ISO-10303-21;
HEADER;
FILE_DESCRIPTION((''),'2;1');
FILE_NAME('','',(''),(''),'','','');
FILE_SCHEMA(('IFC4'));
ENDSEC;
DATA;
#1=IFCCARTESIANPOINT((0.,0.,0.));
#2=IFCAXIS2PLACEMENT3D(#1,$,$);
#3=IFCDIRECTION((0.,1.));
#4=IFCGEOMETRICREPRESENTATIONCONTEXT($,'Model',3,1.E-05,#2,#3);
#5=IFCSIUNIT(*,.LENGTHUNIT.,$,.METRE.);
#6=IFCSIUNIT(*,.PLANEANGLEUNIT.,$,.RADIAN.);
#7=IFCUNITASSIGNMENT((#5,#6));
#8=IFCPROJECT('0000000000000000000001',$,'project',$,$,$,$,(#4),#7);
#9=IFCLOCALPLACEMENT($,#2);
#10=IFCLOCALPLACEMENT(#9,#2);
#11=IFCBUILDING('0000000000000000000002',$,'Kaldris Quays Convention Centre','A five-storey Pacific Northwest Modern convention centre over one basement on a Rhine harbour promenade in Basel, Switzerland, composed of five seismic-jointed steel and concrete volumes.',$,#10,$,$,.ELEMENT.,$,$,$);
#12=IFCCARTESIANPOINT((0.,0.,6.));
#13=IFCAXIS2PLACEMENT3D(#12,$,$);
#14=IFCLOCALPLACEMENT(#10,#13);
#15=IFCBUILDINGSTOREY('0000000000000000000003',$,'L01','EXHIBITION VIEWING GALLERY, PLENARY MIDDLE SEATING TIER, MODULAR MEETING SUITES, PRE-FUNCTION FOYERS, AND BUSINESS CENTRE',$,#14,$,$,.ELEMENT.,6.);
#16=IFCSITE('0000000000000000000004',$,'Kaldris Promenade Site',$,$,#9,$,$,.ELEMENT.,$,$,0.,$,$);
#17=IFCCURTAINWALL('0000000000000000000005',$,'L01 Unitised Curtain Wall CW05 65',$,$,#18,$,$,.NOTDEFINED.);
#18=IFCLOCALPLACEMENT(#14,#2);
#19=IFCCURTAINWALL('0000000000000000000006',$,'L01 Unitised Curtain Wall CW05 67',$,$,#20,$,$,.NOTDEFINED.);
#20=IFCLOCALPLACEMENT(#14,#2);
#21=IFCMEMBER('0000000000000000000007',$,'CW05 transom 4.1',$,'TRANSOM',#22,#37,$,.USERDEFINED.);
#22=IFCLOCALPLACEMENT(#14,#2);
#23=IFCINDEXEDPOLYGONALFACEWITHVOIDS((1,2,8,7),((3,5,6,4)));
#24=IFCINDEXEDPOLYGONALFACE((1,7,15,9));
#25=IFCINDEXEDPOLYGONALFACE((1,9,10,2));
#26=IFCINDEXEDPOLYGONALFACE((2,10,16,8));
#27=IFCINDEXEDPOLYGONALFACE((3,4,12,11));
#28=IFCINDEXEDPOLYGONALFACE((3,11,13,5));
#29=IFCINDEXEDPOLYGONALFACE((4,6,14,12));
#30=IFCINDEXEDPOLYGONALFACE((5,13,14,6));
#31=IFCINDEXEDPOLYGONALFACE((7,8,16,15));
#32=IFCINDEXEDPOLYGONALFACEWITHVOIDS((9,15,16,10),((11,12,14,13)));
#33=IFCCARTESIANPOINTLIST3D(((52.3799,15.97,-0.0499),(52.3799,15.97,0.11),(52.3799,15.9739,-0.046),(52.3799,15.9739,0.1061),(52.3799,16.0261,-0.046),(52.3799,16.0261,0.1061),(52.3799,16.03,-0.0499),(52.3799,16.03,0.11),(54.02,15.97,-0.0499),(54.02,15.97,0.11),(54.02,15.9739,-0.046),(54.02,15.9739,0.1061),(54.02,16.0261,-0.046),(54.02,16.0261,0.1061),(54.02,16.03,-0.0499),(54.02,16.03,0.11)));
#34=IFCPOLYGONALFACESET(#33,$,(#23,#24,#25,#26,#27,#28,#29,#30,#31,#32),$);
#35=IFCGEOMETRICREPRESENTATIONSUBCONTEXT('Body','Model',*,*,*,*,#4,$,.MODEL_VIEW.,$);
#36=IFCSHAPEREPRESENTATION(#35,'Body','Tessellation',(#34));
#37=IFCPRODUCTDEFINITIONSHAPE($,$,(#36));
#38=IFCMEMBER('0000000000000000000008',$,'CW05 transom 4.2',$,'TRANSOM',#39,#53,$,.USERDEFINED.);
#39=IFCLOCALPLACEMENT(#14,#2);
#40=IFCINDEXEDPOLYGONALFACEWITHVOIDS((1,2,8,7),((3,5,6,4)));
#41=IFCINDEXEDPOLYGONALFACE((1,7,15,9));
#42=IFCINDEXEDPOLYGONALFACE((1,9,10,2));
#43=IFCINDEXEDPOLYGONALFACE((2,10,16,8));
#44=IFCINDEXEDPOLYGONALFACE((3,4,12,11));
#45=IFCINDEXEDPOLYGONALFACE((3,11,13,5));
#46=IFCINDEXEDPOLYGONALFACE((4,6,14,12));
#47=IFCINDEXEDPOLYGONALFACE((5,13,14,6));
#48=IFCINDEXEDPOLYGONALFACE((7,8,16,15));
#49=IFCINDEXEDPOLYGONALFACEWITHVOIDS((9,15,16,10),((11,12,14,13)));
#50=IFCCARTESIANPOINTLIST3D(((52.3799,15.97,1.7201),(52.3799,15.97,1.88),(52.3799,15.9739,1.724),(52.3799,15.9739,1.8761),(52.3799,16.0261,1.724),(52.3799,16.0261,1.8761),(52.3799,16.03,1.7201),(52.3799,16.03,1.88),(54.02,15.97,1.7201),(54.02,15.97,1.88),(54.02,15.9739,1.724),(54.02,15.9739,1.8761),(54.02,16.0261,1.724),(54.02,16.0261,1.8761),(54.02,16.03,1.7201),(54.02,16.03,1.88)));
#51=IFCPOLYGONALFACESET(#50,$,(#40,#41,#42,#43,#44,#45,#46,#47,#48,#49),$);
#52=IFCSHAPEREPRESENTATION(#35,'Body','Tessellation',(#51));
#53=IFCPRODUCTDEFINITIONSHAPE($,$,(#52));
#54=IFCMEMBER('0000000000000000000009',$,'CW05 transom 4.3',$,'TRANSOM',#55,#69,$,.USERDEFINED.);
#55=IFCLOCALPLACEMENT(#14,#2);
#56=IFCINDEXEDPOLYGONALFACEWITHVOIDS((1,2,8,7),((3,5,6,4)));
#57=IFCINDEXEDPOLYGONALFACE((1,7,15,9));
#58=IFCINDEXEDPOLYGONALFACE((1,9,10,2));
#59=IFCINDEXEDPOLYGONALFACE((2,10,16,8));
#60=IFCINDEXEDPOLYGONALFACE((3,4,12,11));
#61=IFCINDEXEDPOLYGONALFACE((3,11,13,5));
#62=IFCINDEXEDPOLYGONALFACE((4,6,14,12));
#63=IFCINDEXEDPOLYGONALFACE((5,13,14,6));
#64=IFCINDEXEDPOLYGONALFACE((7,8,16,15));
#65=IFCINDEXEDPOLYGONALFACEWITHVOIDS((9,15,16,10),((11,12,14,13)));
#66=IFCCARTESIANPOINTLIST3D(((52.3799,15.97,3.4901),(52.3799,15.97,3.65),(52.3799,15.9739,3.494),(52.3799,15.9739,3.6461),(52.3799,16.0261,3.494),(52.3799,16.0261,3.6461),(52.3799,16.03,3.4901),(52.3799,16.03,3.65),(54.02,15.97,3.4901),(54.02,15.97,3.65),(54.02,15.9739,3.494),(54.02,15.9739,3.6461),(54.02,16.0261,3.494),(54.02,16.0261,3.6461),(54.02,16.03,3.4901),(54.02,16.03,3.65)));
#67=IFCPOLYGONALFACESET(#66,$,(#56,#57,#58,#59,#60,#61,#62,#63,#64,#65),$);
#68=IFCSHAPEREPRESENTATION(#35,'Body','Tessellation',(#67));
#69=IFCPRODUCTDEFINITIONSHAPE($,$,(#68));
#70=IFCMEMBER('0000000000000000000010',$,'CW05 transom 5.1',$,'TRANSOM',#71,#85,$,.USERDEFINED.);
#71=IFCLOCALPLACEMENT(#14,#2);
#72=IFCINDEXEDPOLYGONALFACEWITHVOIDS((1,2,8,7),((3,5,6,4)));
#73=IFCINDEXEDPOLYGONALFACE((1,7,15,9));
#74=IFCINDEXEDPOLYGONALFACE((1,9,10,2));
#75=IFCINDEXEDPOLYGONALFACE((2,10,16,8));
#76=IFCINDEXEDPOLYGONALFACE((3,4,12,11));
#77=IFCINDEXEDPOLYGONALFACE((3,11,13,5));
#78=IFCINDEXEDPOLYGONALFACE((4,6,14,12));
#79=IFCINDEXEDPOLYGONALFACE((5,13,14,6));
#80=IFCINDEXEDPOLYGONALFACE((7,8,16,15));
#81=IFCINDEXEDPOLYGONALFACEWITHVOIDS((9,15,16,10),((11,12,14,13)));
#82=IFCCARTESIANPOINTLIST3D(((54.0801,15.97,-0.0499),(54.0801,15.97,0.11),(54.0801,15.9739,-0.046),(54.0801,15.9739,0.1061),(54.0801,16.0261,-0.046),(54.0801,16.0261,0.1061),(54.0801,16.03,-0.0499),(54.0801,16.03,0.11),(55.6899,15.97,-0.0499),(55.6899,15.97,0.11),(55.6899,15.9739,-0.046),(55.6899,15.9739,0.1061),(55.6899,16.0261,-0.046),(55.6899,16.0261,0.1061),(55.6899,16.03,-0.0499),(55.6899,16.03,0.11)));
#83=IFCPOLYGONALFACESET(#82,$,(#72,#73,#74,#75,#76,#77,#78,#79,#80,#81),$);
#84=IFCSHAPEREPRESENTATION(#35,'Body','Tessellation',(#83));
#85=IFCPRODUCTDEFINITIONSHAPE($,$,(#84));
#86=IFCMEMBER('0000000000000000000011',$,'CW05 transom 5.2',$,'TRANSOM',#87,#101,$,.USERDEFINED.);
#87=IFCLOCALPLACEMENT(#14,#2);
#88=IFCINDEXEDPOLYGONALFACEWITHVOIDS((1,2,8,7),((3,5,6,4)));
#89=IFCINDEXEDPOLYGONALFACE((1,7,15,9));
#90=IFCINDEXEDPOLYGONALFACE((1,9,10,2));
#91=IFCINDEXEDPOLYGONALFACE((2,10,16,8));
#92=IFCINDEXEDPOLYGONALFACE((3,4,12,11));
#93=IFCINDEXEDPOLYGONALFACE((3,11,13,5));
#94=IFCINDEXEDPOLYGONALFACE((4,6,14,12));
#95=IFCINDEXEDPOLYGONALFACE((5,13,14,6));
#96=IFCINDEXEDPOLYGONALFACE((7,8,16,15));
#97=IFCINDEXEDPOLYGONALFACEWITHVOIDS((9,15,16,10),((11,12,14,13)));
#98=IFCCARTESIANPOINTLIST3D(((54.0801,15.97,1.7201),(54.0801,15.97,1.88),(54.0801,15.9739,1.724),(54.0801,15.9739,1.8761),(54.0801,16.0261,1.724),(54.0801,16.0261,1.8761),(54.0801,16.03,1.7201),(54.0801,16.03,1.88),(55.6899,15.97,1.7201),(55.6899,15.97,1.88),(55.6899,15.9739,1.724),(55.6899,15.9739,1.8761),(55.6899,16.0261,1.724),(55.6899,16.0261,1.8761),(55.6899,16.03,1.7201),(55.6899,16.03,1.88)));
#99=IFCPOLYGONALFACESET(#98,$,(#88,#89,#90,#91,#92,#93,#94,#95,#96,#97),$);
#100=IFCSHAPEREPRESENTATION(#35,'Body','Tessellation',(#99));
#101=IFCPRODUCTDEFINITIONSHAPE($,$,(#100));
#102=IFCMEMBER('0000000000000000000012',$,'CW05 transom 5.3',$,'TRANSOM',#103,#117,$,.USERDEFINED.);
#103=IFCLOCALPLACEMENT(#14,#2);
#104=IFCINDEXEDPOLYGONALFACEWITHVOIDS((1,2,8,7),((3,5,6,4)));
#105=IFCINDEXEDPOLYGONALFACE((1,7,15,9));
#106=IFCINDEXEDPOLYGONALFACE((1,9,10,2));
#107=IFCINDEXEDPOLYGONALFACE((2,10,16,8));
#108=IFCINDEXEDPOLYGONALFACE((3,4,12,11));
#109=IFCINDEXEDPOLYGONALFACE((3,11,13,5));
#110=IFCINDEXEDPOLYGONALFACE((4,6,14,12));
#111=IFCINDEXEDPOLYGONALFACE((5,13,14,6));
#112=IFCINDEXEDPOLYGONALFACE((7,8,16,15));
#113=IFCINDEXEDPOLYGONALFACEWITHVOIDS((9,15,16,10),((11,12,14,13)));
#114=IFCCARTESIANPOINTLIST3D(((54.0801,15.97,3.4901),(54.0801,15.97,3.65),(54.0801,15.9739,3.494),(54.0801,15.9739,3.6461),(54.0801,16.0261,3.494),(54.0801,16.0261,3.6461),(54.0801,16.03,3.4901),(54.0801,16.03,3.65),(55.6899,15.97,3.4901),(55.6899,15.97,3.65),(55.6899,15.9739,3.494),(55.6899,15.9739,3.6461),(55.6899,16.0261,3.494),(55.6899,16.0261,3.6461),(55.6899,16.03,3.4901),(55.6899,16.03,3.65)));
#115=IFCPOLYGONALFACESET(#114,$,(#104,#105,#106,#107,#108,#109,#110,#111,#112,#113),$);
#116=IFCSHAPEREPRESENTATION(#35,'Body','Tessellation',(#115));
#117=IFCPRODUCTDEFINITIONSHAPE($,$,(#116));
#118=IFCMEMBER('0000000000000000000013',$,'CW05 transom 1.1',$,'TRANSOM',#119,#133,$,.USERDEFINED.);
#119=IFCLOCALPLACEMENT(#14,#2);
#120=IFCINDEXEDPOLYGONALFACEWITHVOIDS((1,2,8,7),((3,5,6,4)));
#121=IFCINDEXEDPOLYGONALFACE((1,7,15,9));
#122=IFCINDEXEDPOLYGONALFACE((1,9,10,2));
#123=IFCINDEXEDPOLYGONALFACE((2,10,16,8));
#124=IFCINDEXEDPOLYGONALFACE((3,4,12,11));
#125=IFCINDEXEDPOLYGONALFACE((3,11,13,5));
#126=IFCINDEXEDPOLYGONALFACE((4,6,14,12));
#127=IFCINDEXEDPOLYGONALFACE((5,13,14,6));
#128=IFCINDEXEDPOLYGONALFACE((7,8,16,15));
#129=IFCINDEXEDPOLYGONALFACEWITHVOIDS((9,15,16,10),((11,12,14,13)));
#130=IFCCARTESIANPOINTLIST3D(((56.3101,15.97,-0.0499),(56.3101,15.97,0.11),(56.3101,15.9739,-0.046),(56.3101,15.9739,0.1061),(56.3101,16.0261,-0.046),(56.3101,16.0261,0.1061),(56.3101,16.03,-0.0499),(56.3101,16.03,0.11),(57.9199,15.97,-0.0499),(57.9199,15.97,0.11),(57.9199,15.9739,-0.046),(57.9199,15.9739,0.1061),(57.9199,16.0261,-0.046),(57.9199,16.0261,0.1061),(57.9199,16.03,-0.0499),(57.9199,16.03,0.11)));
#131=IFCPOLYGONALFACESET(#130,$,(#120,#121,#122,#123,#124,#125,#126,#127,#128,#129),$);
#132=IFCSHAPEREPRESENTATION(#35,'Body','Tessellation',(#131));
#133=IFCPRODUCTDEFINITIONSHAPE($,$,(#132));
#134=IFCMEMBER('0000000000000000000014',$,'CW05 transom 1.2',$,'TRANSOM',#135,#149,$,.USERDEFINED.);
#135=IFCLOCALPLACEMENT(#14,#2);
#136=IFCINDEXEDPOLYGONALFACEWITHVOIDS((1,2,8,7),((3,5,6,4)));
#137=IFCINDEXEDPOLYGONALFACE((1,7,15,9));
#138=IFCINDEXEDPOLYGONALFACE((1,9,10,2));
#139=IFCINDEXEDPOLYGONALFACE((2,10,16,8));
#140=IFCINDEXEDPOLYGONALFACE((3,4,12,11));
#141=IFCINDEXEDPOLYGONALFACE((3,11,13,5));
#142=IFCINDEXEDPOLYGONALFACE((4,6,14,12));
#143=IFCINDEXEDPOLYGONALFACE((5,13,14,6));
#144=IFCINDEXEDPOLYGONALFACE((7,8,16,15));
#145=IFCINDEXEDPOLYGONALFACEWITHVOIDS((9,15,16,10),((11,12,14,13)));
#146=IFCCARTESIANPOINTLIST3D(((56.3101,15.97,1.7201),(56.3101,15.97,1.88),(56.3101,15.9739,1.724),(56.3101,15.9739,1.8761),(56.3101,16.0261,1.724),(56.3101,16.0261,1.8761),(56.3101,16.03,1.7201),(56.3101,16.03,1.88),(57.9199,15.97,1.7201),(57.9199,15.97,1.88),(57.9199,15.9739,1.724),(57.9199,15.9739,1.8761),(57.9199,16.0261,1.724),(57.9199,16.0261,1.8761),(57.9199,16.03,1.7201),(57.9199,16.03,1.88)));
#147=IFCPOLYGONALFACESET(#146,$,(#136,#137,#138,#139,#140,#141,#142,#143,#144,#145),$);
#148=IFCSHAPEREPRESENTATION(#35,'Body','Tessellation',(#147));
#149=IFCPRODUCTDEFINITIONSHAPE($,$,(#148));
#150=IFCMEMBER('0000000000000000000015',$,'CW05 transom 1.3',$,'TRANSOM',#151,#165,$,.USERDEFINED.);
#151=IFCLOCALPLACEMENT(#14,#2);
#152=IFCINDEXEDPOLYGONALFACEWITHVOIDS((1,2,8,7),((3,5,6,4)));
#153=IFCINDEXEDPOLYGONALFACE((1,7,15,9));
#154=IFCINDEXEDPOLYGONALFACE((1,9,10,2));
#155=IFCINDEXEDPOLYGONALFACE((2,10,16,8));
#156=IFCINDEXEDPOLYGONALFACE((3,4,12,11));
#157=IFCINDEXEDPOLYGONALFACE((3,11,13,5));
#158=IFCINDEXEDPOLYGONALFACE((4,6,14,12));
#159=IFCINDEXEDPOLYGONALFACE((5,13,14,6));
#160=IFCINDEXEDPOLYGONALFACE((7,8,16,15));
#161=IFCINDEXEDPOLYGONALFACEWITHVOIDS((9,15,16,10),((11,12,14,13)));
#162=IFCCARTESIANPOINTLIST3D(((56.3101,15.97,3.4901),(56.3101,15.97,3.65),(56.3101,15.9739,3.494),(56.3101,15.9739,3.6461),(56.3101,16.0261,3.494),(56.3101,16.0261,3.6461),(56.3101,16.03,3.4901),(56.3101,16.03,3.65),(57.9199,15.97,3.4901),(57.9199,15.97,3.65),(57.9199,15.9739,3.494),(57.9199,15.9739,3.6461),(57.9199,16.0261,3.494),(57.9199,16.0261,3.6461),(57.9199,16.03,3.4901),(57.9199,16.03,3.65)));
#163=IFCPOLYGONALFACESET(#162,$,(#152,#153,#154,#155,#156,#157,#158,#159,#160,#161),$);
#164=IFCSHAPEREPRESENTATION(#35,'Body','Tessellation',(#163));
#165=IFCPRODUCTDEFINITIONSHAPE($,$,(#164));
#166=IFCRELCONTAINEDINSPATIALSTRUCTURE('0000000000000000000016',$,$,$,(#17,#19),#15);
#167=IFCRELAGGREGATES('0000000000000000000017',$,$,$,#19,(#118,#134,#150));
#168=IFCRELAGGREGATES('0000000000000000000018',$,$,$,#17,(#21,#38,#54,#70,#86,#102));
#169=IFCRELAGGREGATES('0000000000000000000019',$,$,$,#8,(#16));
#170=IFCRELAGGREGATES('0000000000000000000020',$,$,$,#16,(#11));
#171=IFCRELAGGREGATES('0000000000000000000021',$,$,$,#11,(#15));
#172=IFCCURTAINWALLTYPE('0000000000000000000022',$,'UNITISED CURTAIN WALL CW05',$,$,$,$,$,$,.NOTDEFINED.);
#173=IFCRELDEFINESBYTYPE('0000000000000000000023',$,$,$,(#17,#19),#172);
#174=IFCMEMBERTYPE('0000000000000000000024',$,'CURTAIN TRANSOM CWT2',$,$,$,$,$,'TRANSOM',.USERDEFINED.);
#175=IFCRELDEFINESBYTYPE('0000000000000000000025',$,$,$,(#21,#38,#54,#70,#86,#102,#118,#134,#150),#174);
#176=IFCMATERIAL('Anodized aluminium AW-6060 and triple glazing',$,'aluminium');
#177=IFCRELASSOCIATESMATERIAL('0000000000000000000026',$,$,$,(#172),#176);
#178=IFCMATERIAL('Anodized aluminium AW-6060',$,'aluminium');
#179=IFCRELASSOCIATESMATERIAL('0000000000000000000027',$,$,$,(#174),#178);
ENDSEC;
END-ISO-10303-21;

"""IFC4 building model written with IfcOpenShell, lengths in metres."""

from ifc_helpers import new_model, si_unit, direction, frame, origin, origin_2d, place, context, subcontext, project, spatial, hollow_rectangle, extrude, material, material_profile, profile_set, type_object, element, aggregate, save


model = new_model("IFC4")

# Units and contexts
model_context = context("Model", 3, precision=1e-05, world=origin(), true_north=direction((0.0, 1.0)))
body_context = subcontext(model_context, "Body", "Model", "MODEL_VIEW")
ifc_project = project(units=[si_unit("LENGTHUNIT", "METRE"), si_unit("PLANEANGLEUNIT", "RADIAN")], contexts=[model_context])

# Site, building, storey
site_placement = place(None, origin())
site = spatial("IfcSite", under=ifc_project, at=site_placement, Name="Kaldris Promenade Site", CompositionType="ELEMENT", RefElevation=0.0)
building_placement = place(site_placement, origin())
building = spatial("IfcBuilding", under=site, at=building_placement, Name="Kaldris Quays Convention Centre", Description="A five-storey Pacific Northwest Modern convention centre over one basement on a Rhine harbour promenade in Basel, Switzerland, composed of five seismic-jointed steel and concrete volumes.", CompositionType="ELEMENT")
storey_placement = place(building_placement, frame((0.0, 0.0, 6.0)))
storey = spatial("IfcBuildingStorey", under=building, at=storey_placement, Name="L01", Description="EXHIBITION VIEWING GALLERY, PLENARY MIDDLE SEATING TIER, MODULAR MEETING SUITES, PRE-FUNCTION FOYERS, AND BUSINESS CENTRE", CompositionType="ELEMENT", Elevation=6.0)

# Curtain wall
ifc_material_1 = material(Name="Anodized aluminium AW-6060 and triple glazing", Category="aluminium")
curtain_wall_type = type_object("IfcCurtainWallType", Name="UNITISED CURTAIN WALL CW05", PredefinedType="NOTDEFINED", material=ifc_material_1)
curtain_wall_1_placement = place(storey_placement, origin())
curtain_wall_1 = element("IfcCurtainWall", 1, at=curtain_wall_1_placement, inside=storey, type_object=curtain_wall_type, Name="L01 Unitised Curtain Wall CW05 65", PredefinedType="NOTDEFINED")
ifc_material_2 = material(Name="Anodized aluminium AW-6060", Category="aluminium")

# Curtain wall
curtain_wall_2_placement = place(storey_placement, origin())
curtain_wall_2 = element("IfcCurtainWall", 2, at=curtain_wall_2_placement, inside=storey, type_object=curtain_wall_type, Name="L01 Unitised Curtain Wall CW05 67", PredefinedType="NOTDEFINED")

# Members
ifc_material_profile_1 = material_profile(ifc_material_2, hollow_rectangle(XDim=0.0601, YDim=0.1599, WallThickness=0.0039, at=origin_2d()), Name="RHS 160x60x4")
ifc_profile_set_1 = profile_set([ifc_material_profile_1], Name="Anodized aluminium AW-6060")
member_type_1 = type_object("IfcMemberType", Name="CURTAIN TRANSOM CWT2", ElementType="TRANSOM", PredefinedType="USERDEFINED", material=ifc_profile_set_1)
member_1_placement = place(storey_placement, frame((52.3799, 16.0, 0.03), z_axis=(1.0, 0.0, 0.0), x_axis=(0.0, 1.0, 0.0)))
member_1 = element("IfcMember", 3, at=member_1_placement, type_object=member_type_1, Name="CW05 transom 4.1", ObjectType="TRANSOM", PredefinedType="USERDEFINED", context=body_context, shape_type="SweptSolid", body=[
    extrude(hollow_rectangle(XDim=0.0601, YDim=0.1599, WallThickness=0.0039, at=origin_2d()), origin(), (0.0, 0.0, 1.0), 1.6401),
])
member_2_placement = place(storey_placement, frame((52.3799, 16.0, 1.8), z_axis=(1.0, 0.0, 0.0), x_axis=(0.0, 1.0, 0.0)))
member_2 = element("IfcMember", 4, at=member_2_placement, type_object=member_type_1, Name="CW05 transom 4.2", ObjectType="TRANSOM", PredefinedType="USERDEFINED", context=body_context, shape_type="SweptSolid", body=[
    extrude(hollow_rectangle(XDim=0.0601, YDim=0.1599, WallThickness=0.0039, at=origin_2d()), origin(), (0.0, 0.0, 1.0), 1.6401),
])
member_3_placement = place(storey_placement, frame((52.3799, 16.0, 3.5701), z_axis=(1.0, 0.0, 0.0), x_axis=(0.0, 1.0, 0.0)))
member_3 = element("IfcMember", 5, at=member_3_placement, type_object=member_type_1, Name="CW05 transom 4.3", ObjectType="TRANSOM", PredefinedType="USERDEFINED", context=body_context, shape_type="SweptSolid", body=[
    extrude(hollow_rectangle(XDim=0.0601, YDim=0.1599, WallThickness=0.0039, at=origin_2d()), origin(), (0.0, 0.0, 1.0), 1.6401),
])
member_4_placement = place(storey_placement, frame((54.0801, 16.0, 0.03), z_axis=(1.0, 0.0, 0.0), x_axis=(0.0, 1.0, 0.0)))
member_4 = element("IfcMember", 6, at=member_4_placement, type_object=member_type_1, Name="CW05 transom 5.1", ObjectType="TRANSOM", PredefinedType="USERDEFINED", context=body_context, shape_type="SweptSolid", body=[
    extrude(hollow_rectangle(XDim=0.0601, YDim=0.1599, WallThickness=0.0039, at=origin_2d()), origin(), (0.0, 0.0, 1.0), 1.6099),
])
member_5_placement = place(storey_placement, frame((54.0801, 16.0, 1.8), z_axis=(1.0, 0.0, 0.0), x_axis=(0.0, 1.0, 0.0)))
member_5 = element("IfcMember", 7, at=member_5_placement, type_object=member_type_1, Name="CW05 transom 5.2", ObjectType="TRANSOM", PredefinedType="USERDEFINED", context=body_context, shape_type="SweptSolid", body=[
    extrude(hollow_rectangle(XDim=0.0601, YDim=0.1599, WallThickness=0.0039, at=origin_2d()), origin(), (0.0, 0.0, 1.0), 1.6099),
])
member_6_placement = place(storey_placement, frame((54.0801, 16.0, 3.5701), z_axis=(1.0, 0.0, 0.0), x_axis=(0.0, 1.0, 0.0)))
member_6 = element("IfcMember", 8, at=member_6_placement, type_object=member_type_1, Name="CW05 transom 5.3", ObjectType="TRANSOM", PredefinedType="USERDEFINED", context=body_context, shape_type="SweptSolid", body=[
    extrude(hollow_rectangle(XDim=0.0601, YDim=0.1599, WallThickness=0.0039, at=origin_2d()), origin(), (0.0, 0.0, 1.0), 1.6099),
])
member_7_placement = place(storey_placement, frame((56.3101, 16.0, 0.03), z_axis=(1.0, 0.0, 0.0), x_axis=(0.0, 1.0, 0.0)))
member_7 = element("IfcMember", 9, at=member_7_placement, type_object=member_type_1, Name="CW05 transom 1.1", ObjectType="TRANSOM", PredefinedType="USERDEFINED", context=body_context, shape_type="SweptSolid", body=[
    extrude(hollow_rectangle(XDim=0.0601, YDim=0.1599, WallThickness=0.0039, at=origin_2d()), origin(), (0.0, 0.0, 1.0), 1.6099),
])
member_8_placement = place(storey_placement, frame((56.3101, 16.0, 1.8), z_axis=(1.0, 0.0, 0.0), x_axis=(0.0, 1.0, 0.0)))
member_8 = element("IfcMember", 10, at=member_8_placement, type_object=member_type_1, Name="CW05 transom 1.2", ObjectType="TRANSOM", PredefinedType="USERDEFINED", context=body_context, shape_type="SweptSolid", body=[
    extrude(hollow_rectangle(XDim=0.0601, YDim=0.1599, WallThickness=0.0039, at=origin_2d()), origin(), (0.0, 0.0, 1.0), 1.6099),
])
member_9_placement = place(storey_placement, frame((56.3101, 16.0, 3.5701), z_axis=(1.0, 0.0, 0.0), x_axis=(0.0, 1.0, 0.0)))
member_9 = element("IfcMember", 11, at=member_9_placement, type_object=member_type_1, Name="CW05 transom 1.3", ObjectType="TRANSOM", PredefinedType="USERDEFINED", context=body_context, shape_type="SweptSolid", body=[
    extrude(hollow_rectangle(XDim=0.0601, YDim=0.1599, WallThickness=0.0039, at=origin_2d()), origin(), (0.0, 0.0, 1.0), 1.6099),
])
aggregate(curtain_wall_2, [member_7, member_8, member_9])

aggregate(curtain_wall_1, [member_1, member_2, member_3, member_4, member_5, member_6])

save(model, "model.ifc")
